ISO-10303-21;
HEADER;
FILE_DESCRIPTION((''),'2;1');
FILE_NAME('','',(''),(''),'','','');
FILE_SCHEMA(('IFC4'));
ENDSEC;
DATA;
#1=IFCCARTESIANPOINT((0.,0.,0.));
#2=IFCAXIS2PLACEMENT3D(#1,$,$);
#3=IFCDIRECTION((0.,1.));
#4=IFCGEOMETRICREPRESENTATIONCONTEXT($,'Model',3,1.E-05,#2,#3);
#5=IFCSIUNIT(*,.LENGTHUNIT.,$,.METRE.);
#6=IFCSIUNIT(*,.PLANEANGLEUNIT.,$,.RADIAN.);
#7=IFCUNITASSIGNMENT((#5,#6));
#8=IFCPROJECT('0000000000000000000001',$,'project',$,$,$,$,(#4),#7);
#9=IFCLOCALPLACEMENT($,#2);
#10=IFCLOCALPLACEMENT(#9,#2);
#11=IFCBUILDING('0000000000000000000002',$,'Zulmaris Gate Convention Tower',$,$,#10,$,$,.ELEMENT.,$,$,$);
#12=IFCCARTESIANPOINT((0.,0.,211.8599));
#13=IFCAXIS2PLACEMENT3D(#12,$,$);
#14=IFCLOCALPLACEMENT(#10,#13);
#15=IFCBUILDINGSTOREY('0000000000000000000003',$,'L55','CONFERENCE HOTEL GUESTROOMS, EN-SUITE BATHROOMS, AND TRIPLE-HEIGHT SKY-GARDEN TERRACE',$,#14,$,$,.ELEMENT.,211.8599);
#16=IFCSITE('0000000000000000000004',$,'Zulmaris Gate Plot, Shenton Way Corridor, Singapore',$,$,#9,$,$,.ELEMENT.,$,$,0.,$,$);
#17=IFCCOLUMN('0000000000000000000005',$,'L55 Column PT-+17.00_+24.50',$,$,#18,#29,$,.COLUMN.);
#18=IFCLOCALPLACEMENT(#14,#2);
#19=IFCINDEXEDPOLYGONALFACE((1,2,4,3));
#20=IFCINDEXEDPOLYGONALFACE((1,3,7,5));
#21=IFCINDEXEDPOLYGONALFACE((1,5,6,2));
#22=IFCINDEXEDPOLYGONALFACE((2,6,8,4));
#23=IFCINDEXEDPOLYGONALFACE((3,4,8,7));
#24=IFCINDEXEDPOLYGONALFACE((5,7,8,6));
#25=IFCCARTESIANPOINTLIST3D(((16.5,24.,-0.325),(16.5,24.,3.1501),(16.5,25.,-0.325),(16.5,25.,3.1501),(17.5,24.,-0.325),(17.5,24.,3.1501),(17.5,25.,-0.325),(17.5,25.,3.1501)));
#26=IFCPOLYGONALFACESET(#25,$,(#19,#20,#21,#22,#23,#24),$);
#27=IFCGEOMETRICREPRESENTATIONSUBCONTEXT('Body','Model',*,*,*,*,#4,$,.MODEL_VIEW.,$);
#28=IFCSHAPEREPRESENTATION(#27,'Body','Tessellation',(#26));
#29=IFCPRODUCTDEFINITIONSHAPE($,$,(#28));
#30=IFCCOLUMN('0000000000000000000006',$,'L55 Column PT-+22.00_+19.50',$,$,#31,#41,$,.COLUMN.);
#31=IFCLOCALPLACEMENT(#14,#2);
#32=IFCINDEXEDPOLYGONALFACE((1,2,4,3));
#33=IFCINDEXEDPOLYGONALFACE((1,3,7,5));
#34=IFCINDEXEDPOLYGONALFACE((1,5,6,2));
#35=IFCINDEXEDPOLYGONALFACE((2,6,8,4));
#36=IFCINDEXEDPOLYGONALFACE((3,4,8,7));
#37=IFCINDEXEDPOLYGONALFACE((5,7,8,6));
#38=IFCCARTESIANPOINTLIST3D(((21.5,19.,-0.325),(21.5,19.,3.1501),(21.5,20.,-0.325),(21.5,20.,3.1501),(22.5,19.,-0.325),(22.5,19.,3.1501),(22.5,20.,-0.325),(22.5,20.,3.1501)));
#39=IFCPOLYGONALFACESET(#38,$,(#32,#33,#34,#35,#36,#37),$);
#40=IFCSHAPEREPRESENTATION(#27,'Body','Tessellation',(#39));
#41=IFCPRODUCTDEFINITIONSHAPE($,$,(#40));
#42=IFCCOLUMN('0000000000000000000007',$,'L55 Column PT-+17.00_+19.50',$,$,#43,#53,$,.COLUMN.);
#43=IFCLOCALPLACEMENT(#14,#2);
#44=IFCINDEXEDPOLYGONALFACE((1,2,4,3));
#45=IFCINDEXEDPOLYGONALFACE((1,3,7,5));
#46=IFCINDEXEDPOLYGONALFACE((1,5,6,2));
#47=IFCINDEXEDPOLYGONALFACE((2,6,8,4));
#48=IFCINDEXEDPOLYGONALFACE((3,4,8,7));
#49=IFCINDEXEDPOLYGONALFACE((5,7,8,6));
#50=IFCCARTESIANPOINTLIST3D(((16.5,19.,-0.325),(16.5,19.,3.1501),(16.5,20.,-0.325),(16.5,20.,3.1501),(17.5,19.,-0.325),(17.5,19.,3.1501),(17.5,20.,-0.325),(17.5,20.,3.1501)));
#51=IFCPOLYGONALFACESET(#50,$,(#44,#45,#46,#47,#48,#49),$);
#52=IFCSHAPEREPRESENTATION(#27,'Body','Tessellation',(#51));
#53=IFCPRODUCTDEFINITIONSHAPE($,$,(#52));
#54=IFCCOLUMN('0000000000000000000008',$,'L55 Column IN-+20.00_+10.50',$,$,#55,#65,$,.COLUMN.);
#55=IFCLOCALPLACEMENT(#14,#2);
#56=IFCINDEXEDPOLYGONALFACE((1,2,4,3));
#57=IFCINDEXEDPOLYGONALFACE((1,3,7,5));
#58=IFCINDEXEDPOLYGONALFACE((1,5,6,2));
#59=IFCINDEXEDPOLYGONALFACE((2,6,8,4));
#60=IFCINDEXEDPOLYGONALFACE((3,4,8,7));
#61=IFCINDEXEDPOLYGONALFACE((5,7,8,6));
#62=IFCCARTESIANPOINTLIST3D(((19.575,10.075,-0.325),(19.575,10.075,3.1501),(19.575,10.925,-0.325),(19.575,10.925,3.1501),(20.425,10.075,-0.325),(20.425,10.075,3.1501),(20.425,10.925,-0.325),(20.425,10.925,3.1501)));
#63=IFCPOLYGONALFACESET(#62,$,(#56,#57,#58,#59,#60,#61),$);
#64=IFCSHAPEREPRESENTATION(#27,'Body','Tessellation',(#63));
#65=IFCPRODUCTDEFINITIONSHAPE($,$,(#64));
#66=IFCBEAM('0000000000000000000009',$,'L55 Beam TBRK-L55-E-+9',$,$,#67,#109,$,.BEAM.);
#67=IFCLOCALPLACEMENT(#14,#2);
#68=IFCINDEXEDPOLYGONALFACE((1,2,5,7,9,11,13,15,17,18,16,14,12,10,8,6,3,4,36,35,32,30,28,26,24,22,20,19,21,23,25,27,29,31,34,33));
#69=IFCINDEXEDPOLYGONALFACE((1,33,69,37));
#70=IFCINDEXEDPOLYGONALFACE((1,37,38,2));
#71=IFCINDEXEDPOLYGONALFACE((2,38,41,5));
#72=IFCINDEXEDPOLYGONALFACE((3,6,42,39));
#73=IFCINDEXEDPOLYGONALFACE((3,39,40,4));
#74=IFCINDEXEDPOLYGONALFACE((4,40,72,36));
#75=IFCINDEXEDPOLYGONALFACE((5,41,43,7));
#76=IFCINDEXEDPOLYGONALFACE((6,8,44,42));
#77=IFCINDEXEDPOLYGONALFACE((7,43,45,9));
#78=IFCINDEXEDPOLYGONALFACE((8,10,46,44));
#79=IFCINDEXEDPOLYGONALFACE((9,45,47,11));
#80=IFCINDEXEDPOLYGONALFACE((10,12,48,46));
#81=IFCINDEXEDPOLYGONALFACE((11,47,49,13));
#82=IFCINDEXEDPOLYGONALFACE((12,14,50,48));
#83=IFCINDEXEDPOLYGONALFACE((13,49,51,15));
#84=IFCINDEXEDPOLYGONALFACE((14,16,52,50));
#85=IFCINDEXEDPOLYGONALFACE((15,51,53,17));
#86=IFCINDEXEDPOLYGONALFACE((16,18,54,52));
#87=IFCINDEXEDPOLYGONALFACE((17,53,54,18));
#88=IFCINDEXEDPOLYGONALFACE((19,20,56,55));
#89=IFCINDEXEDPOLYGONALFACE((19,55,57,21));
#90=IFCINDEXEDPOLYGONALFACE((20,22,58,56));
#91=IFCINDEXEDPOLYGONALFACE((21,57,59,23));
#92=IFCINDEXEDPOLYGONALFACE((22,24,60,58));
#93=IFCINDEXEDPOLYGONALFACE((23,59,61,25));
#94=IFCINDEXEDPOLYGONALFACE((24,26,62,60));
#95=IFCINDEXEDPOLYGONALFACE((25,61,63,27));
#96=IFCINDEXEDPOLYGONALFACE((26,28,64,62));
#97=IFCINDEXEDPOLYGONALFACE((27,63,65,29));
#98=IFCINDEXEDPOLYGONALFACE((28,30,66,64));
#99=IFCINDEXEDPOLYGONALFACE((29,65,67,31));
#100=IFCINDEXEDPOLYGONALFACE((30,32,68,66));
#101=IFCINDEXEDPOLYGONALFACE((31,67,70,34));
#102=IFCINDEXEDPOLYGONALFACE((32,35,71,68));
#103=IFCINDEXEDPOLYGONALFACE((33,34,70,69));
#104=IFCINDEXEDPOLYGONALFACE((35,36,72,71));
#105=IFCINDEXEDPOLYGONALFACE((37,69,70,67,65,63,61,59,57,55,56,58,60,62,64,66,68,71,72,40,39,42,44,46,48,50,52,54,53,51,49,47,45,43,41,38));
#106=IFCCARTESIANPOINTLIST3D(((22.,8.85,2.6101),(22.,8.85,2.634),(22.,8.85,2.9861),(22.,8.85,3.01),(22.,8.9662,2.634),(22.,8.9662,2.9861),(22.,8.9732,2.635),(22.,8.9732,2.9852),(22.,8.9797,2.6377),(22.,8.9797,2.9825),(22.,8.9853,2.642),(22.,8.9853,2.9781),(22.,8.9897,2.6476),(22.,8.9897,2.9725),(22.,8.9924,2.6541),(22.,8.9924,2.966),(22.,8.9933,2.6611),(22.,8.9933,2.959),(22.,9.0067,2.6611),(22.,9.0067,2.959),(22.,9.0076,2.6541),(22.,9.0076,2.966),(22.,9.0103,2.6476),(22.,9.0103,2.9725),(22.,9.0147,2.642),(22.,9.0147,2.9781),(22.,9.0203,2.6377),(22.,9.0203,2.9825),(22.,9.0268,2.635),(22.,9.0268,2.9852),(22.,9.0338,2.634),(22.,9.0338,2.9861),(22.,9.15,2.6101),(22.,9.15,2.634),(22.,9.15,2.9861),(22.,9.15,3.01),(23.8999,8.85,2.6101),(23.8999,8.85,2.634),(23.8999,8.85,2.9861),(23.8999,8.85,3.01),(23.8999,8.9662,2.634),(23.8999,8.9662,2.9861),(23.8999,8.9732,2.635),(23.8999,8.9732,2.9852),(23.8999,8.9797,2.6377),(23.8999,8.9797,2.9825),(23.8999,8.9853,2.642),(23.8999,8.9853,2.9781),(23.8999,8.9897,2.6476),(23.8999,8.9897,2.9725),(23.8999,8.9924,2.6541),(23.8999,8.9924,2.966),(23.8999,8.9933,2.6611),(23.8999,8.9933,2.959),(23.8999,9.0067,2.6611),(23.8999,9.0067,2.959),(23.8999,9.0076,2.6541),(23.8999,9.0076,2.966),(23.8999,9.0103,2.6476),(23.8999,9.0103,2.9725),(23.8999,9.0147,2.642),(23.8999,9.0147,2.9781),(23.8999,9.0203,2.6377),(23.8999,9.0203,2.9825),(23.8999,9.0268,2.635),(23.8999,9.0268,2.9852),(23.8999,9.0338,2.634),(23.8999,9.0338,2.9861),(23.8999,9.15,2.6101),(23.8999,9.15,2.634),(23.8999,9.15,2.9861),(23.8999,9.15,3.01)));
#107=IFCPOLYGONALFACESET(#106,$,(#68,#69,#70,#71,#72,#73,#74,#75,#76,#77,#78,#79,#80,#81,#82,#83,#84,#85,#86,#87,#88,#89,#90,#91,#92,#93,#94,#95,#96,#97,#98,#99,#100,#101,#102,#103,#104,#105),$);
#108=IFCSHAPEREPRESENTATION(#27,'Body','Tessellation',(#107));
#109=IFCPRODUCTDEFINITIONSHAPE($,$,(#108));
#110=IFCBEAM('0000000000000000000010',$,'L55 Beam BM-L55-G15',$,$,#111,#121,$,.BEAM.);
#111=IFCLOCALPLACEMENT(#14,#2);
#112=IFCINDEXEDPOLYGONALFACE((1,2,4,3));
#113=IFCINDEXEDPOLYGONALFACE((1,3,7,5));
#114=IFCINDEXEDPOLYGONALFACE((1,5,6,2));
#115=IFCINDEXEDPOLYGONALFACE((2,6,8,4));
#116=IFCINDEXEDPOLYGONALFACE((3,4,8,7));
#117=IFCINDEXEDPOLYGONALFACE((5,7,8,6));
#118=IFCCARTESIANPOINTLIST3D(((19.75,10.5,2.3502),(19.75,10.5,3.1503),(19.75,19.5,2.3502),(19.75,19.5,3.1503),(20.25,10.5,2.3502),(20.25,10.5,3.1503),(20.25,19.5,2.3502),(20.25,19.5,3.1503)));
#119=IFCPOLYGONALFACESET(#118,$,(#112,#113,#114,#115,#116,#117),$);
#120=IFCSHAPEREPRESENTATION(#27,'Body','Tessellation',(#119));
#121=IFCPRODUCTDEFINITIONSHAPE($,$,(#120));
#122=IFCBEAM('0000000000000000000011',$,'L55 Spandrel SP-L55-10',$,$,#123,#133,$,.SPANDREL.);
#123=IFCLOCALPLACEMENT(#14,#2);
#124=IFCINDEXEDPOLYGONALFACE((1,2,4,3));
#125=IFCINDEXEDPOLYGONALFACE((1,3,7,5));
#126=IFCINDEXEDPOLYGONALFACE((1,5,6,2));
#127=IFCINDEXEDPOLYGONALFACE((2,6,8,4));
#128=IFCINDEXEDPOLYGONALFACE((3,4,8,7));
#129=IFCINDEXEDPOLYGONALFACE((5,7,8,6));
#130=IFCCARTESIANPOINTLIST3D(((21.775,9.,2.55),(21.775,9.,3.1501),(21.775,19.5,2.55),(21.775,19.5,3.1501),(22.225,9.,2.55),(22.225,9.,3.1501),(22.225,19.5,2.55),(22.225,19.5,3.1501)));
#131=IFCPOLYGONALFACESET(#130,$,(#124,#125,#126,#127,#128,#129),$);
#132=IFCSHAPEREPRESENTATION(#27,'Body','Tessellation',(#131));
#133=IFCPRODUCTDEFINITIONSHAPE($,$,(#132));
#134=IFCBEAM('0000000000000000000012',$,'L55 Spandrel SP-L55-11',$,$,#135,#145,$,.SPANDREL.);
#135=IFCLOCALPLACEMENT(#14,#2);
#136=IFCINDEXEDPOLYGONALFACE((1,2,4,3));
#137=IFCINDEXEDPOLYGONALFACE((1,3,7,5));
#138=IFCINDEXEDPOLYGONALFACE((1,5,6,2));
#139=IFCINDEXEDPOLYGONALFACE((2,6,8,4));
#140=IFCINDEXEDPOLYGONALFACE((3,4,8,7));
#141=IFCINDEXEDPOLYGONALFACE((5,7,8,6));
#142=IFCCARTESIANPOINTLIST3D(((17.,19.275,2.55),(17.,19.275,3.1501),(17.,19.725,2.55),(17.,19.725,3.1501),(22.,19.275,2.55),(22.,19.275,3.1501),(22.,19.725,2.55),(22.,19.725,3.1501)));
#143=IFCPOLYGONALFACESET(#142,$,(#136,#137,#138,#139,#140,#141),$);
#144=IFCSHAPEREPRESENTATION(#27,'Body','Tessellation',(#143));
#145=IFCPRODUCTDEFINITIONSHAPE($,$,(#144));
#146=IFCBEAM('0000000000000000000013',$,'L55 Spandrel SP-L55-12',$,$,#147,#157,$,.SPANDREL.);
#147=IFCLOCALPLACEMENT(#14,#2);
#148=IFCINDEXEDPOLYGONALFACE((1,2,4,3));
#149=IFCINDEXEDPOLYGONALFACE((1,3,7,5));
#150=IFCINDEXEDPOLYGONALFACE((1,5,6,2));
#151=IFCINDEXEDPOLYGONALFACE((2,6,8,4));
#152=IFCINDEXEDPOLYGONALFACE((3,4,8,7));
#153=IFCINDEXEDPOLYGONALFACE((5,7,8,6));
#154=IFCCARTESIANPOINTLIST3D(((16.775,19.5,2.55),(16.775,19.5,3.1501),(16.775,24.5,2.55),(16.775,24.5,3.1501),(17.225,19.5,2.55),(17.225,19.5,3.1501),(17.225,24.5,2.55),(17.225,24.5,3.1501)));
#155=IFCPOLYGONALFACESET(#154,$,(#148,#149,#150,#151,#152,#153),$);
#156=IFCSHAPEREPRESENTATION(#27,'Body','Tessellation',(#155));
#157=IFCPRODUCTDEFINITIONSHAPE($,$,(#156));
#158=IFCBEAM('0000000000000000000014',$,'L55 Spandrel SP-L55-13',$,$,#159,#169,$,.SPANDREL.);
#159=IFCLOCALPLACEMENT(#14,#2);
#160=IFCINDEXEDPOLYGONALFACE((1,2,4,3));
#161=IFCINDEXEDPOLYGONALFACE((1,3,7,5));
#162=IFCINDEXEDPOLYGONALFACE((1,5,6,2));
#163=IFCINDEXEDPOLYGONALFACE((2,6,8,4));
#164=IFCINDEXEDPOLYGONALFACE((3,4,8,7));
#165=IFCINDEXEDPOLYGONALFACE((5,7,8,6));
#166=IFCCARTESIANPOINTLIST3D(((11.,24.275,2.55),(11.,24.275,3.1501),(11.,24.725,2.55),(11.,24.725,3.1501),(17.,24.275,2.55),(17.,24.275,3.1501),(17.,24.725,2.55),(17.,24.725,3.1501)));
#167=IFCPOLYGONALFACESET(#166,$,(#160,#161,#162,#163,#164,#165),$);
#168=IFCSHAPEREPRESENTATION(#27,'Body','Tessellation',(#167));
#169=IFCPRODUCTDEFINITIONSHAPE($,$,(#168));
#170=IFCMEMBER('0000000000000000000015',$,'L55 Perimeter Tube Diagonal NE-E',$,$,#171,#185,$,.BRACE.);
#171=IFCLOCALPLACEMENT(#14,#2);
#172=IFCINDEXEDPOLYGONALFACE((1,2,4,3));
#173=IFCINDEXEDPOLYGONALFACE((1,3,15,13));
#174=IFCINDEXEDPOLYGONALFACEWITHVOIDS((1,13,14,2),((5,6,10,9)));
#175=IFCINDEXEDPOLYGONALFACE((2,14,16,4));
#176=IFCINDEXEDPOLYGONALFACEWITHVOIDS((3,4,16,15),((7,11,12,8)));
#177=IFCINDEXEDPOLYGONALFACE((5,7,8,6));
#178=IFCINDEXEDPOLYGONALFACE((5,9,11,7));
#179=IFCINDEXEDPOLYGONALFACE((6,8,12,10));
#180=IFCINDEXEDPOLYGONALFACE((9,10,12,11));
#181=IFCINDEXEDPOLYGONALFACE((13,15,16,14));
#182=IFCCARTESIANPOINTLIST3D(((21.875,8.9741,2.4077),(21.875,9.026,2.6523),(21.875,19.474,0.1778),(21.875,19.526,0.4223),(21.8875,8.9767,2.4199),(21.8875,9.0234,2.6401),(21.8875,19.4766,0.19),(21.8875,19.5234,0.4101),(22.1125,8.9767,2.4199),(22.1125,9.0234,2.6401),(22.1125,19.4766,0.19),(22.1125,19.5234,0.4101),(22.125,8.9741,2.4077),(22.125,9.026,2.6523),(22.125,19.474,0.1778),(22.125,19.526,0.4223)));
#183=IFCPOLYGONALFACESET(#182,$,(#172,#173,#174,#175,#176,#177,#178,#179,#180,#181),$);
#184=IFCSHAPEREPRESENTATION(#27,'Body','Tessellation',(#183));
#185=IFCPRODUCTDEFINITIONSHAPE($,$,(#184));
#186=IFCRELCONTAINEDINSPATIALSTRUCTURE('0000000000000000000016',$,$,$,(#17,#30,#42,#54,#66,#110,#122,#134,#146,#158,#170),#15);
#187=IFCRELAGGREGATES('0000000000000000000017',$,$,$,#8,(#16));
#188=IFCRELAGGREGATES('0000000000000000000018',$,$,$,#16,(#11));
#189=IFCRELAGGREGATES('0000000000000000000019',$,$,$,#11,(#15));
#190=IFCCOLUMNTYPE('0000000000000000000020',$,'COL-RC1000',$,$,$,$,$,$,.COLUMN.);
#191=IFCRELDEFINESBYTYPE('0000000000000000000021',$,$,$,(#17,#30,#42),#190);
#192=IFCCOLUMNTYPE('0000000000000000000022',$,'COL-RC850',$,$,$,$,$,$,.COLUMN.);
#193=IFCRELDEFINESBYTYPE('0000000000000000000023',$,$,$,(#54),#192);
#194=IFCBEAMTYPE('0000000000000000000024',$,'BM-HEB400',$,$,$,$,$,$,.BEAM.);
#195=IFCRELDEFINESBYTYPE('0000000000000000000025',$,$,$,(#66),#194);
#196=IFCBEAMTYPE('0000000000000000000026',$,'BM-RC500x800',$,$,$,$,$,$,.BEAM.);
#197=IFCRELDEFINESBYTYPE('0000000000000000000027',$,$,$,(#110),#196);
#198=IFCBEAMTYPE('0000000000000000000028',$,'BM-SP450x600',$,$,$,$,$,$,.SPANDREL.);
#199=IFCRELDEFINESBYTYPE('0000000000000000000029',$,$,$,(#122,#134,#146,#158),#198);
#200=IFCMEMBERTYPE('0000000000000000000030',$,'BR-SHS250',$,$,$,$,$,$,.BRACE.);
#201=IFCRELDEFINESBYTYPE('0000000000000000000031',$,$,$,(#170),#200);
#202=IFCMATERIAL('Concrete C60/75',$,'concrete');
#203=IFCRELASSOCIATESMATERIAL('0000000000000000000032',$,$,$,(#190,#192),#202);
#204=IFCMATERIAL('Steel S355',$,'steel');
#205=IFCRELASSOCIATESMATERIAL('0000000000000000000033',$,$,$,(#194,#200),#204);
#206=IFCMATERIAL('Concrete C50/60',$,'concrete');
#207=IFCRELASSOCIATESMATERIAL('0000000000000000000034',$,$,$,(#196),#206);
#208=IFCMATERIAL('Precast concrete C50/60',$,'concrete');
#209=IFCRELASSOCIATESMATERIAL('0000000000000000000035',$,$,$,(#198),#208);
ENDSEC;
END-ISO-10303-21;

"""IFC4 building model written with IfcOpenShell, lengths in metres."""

from ifc_helpers import new_model, si_unit, direction, frame, origin, origin_2d, place, context, subcontext, project, spatial, rectangle, hollow_rectangle, i_section, extrude, material, material_profile, profile_set, type_object, element, save


model = new_model("IFC4")

# Units and contexts
model_context = context("Model", 3, precision=1e-05, world=origin(), true_north=direction((0.0, 1.0)))
body_context = subcontext(model_context, "Body", "Model", "MODEL_VIEW")
ifc_project = project(units=[si_unit("LENGTHUNIT", "METRE"), si_unit("PLANEANGLEUNIT", "RADIAN")], contexts=[model_context])

# Site, building, storey
site_placement = place(None, origin())
site = spatial("IfcSite", under=ifc_project, at=site_placement, Name="Zulmaris Gate Plot, Shenton Way Corridor, Singapore", CompositionType="ELEMENT", RefElevation=0.0)
building_placement = place(site_placement, origin())
building = spatial("IfcBuilding", under=site, at=building_placement, Name="Zulmaris Gate Convention Tower", CompositionType="ELEMENT")
storey_placement = place(building_placement, frame((0.0, 0.0, 211.8599)))
storey = spatial("IfcBuildingStorey", under=building, at=storey_placement, Name="L55", Description="CONFERENCE HOTEL GUESTROOMS, EN-SUITE BATHROOMS, AND TRIPLE-HEIGHT SKY-GARDEN TERRACE", CompositionType="ELEMENT", Elevation=211.8599)

# Columns
ifc_material_1 = material(Name="Concrete C60/75", Category="concrete")
ifc_material_profile_1 = material_profile(ifc_material_1, rectangle(XDim=1.0, YDim=1.0, at=origin_2d()), Name="RC COL 1000x1000")
ifc_profile_set_1 = profile_set([ifc_material_profile_1], Name="Concrete C60/75")
column_type_1 = type_object("IfcColumnType", Name="COL-RC1000", PredefinedType="COLUMN", material=ifc_profile_set_1)
for number, where, z_axis, x_axis, name in (
    (1, (17.0, 24.5, -0.325), (0.0, 0.0, 1.0), (1.0, 0.0, 0.0), "L55 Column PT-+17.00_+24.50"),
    (2, (22.0, 19.5, -0.325), (0.0, 0.0, 1.0), (1.0, 0.0, 0.0), "L55 Column PT-+22.00_+19.50"),
    (3, (17.0, 19.5, -0.325), (0.0, 0.0, 1.0), (1.0, 0.0, 0.0), "L55 Column PT-+17.00_+19.50"),
):
    element("IfcColumn", number, at=place(storey_placement, frame(where, z_axis=z_axis, x_axis=x_axis)), inside=storey, type_object=column_type_1, Name=name, PredefinedType="COLUMN", context=body_context, shape_type="SweptSolid", body=[
        extrude(rectangle(XDim=1.0, YDim=1.0, at=origin_2d()), origin(), (0.0, 0.0, 1.0), 3.4751),
    ])
ifc_material_profile_2 = material_profile(ifc_material_1, rectangle(XDim=0.8501, YDim=0.8501, at=origin_2d()), Name="RC COL 850x850")
ifc_profile_set_2 = profile_set([ifc_material_profile_2], Name="Concrete C60/75")
column_type_2 = type_object("IfcColumnType", Name="COL-RC850", PredefinedType="COLUMN", material=ifc_profile_set_2)
column_placement = place(storey_placement, frame((20.0, 10.5, -0.325), z_axis=(0.0, 0.0, 1.0), x_axis=(1.0, 0.0, 0.0)))
element("IfcColumn", 4, at=column_placement, inside=storey, type_object=column_type_2, Name="L55 Column IN-+20.00_+10.50", PredefinedType="COLUMN", context=body_context, shape_type="SweptSolid", body=[
    extrude(rectangle(XDim=0.8501, YDim=0.8501, at=origin_2d()), origin(), (0.0, 0.0, 1.0), 3.4751),
])

# Beams
ifc_material_2 = material(Name="Steel S355", Category="steel")
ifc_material_profile_3 = material_profile(ifc_material_2, i_section(OverallWidth=0.3, OverallDepth=0.3999, WebThickness=0.0134, FlangeThickness=0.0239, FilletRadius=0.0271, at=origin_2d()), Name="HEB 400")
ifc_profile_set_3 = profile_set([ifc_material_profile_3], Name="Steel S355")
beam_type_1 = type_object("IfcBeamType", Name="BM-HEB400", PredefinedType="BEAM", material=ifc_profile_set_3)
beam_1_placement = place(storey_placement, frame((22.0, 9.0, 2.8101), z_axis=(1.0, 0.0, 0.0), x_axis=(0.0, 1.0, 0.0)))
element("IfcBeam", 5, at=beam_1_placement, inside=storey, type_object=beam_type_1, Name="L55 Beam TBRK-L55-E-+9", PredefinedType="BEAM", context=body_context, shape_type="SweptSolid", body=[
    extrude(i_section(OverallWidth=0.3, OverallDepth=0.3999, WebThickness=0.0134, FlangeThickness=0.0239, FilletRadius=0.0271, at=origin_2d()), origin(), (0.0, 0.0, 1.0), 1.8999),
])
ifc_material_3 = material(Name="Concrete C50/60", Category="concrete")
ifc_material_profile_4 = material_profile(ifc_material_3, rectangle(XDim=0.5, YDim=0.8, at=origin_2d()), Name="RC BEAM 500x800")
ifc_profile_set_4 = profile_set([ifc_material_profile_4], Name="Concrete C50/60")
beam_type_2 = type_object("IfcBeamType", Name="BM-RC500x800", PredefinedType="BEAM", material=ifc_profile_set_4)
beam_2_placement = place(storey_placement, frame((20.0, 10.5, 2.7502), z_axis=(0.0, 1.0, 0.0), x_axis=(-1.0, 0.0, 0.0)))
element("IfcBeam", 6, at=beam_2_placement, inside=storey, type_object=beam_type_2, Name="L55 Beam BM-L55-G15", PredefinedType="BEAM", context=body_context, shape_type="SweptSolid", body=[
    extrude(rectangle(XDim=0.5, YDim=0.8, at=origin_2d()), origin(), (0.0, 0.0, 1.0), 9.0),
])
ifc_material_4 = material(Name="Precast concrete C50/60", Category="concrete")
ifc_material_profile_5 = material_profile(ifc_material_4, rectangle(XDim=0.45, YDim=0.6001, at=origin_2d()), Name="RC SPANDREL 450x600")
ifc_profile_set_5 = profile_set([ifc_material_profile_5], Name="Precast concrete C50/60")
beam_type_3 = type_object("IfcBeamType", Name="BM-SP450x600", PredefinedType="SPANDREL", material=ifc_profile_set_5)
beam_3_placement = place(storey_placement, frame((22.0, 9.0, 2.8501), z_axis=(0.0, 1.0, 0.0), x_axis=(-1.0, 0.0, 0.0)))
element("IfcBeam", 7, at=beam_3_placement, inside=storey, type_object=beam_type_3, Name="L55 Spandrel SP-L55-10", PredefinedType="SPANDREL", context=body_context, shape_type="SweptSolid", body=[
    extrude(rectangle(XDim=0.45, YDim=0.6001, at=origin_2d()), origin(), (0.0, 0.0, 1.0), 10.5),
])
for number, where, z_axis, x_axis, name in (
    (8, (22.0, 19.5, 2.8501), (-1.0, 0.0, 0.0), (0.0, -1.0, 0.0), "L55 Spandrel SP-L55-11"),
    (9, (17.0, 19.5, 2.8501), (0.0, 1.0, 0.0), (-1.0, 0.0, 0.0), "L55 Spandrel SP-L55-12"),
):
    element("IfcBeam", number, at=place(storey_placement, frame(where, z_axis=z_axis, x_axis=x_axis)), inside=storey, type_object=beam_type_3, Name=name, PredefinedType="SPANDREL", context=body_context, shape_type="SweptSolid", body=[
        extrude(rectangle(XDim=0.45, YDim=0.6001, at=origin_2d()), origin(), (0.0, 0.0, 1.0), 5.0),
    ])
beam_4_placement = place(storey_placement, frame((17.0, 24.5, 2.8501), z_axis=(-1.0, 0.0, 0.0), x_axis=(0.0, -1.0, 0.0)))
element("IfcBeam", 10, at=beam_4_placement, inside=storey, type_object=beam_type_3, Name="L55 Spandrel SP-L55-13", PredefinedType="SPANDREL", context=body_context, shape_type="SweptSolid", body=[
    extrude(rectangle(XDim=0.45, YDim=0.6001, at=origin_2d()), origin(), (0.0, 0.0, 1.0), 6.0),
])

# Member
ifc_material_profile_6 = material_profile(ifc_material_2, hollow_rectangle(XDim=0.25, YDim=0.25, WallThickness=0.0125, at=origin_2d()), Name="SHS 250x250x12.5")
ifc_profile_set_6 = profile_set([ifc_material_profile_6], Name="Steel S355")
member_type = type_object("IfcMemberType", Name="BR-SHS250", PredefinedType="BRACE", material=ifc_profile_set_6)
member_placement = place(storey_placement, frame((22.0, 19.5, 0.3), z_axis=(0.0, -0.978183, 0.207746), x_axis=(1.0, 0.0, 0.0)))
element("IfcMember", 11, at=member_placement, inside=storey, type_object=member_type, Name="L55 Perimeter Tube Diagonal NE-E", PredefinedType="BRACE", context=body_context, shape_type="SweptSolid", body=[
    extrude(hollow_rectangle(XDim=0.25, YDim=0.25, WallThickness=0.0125, at=origin_2d()), origin(), (0.0, 0.0, 1.0), 10.7341),
])

save(model, "model.ifc")
